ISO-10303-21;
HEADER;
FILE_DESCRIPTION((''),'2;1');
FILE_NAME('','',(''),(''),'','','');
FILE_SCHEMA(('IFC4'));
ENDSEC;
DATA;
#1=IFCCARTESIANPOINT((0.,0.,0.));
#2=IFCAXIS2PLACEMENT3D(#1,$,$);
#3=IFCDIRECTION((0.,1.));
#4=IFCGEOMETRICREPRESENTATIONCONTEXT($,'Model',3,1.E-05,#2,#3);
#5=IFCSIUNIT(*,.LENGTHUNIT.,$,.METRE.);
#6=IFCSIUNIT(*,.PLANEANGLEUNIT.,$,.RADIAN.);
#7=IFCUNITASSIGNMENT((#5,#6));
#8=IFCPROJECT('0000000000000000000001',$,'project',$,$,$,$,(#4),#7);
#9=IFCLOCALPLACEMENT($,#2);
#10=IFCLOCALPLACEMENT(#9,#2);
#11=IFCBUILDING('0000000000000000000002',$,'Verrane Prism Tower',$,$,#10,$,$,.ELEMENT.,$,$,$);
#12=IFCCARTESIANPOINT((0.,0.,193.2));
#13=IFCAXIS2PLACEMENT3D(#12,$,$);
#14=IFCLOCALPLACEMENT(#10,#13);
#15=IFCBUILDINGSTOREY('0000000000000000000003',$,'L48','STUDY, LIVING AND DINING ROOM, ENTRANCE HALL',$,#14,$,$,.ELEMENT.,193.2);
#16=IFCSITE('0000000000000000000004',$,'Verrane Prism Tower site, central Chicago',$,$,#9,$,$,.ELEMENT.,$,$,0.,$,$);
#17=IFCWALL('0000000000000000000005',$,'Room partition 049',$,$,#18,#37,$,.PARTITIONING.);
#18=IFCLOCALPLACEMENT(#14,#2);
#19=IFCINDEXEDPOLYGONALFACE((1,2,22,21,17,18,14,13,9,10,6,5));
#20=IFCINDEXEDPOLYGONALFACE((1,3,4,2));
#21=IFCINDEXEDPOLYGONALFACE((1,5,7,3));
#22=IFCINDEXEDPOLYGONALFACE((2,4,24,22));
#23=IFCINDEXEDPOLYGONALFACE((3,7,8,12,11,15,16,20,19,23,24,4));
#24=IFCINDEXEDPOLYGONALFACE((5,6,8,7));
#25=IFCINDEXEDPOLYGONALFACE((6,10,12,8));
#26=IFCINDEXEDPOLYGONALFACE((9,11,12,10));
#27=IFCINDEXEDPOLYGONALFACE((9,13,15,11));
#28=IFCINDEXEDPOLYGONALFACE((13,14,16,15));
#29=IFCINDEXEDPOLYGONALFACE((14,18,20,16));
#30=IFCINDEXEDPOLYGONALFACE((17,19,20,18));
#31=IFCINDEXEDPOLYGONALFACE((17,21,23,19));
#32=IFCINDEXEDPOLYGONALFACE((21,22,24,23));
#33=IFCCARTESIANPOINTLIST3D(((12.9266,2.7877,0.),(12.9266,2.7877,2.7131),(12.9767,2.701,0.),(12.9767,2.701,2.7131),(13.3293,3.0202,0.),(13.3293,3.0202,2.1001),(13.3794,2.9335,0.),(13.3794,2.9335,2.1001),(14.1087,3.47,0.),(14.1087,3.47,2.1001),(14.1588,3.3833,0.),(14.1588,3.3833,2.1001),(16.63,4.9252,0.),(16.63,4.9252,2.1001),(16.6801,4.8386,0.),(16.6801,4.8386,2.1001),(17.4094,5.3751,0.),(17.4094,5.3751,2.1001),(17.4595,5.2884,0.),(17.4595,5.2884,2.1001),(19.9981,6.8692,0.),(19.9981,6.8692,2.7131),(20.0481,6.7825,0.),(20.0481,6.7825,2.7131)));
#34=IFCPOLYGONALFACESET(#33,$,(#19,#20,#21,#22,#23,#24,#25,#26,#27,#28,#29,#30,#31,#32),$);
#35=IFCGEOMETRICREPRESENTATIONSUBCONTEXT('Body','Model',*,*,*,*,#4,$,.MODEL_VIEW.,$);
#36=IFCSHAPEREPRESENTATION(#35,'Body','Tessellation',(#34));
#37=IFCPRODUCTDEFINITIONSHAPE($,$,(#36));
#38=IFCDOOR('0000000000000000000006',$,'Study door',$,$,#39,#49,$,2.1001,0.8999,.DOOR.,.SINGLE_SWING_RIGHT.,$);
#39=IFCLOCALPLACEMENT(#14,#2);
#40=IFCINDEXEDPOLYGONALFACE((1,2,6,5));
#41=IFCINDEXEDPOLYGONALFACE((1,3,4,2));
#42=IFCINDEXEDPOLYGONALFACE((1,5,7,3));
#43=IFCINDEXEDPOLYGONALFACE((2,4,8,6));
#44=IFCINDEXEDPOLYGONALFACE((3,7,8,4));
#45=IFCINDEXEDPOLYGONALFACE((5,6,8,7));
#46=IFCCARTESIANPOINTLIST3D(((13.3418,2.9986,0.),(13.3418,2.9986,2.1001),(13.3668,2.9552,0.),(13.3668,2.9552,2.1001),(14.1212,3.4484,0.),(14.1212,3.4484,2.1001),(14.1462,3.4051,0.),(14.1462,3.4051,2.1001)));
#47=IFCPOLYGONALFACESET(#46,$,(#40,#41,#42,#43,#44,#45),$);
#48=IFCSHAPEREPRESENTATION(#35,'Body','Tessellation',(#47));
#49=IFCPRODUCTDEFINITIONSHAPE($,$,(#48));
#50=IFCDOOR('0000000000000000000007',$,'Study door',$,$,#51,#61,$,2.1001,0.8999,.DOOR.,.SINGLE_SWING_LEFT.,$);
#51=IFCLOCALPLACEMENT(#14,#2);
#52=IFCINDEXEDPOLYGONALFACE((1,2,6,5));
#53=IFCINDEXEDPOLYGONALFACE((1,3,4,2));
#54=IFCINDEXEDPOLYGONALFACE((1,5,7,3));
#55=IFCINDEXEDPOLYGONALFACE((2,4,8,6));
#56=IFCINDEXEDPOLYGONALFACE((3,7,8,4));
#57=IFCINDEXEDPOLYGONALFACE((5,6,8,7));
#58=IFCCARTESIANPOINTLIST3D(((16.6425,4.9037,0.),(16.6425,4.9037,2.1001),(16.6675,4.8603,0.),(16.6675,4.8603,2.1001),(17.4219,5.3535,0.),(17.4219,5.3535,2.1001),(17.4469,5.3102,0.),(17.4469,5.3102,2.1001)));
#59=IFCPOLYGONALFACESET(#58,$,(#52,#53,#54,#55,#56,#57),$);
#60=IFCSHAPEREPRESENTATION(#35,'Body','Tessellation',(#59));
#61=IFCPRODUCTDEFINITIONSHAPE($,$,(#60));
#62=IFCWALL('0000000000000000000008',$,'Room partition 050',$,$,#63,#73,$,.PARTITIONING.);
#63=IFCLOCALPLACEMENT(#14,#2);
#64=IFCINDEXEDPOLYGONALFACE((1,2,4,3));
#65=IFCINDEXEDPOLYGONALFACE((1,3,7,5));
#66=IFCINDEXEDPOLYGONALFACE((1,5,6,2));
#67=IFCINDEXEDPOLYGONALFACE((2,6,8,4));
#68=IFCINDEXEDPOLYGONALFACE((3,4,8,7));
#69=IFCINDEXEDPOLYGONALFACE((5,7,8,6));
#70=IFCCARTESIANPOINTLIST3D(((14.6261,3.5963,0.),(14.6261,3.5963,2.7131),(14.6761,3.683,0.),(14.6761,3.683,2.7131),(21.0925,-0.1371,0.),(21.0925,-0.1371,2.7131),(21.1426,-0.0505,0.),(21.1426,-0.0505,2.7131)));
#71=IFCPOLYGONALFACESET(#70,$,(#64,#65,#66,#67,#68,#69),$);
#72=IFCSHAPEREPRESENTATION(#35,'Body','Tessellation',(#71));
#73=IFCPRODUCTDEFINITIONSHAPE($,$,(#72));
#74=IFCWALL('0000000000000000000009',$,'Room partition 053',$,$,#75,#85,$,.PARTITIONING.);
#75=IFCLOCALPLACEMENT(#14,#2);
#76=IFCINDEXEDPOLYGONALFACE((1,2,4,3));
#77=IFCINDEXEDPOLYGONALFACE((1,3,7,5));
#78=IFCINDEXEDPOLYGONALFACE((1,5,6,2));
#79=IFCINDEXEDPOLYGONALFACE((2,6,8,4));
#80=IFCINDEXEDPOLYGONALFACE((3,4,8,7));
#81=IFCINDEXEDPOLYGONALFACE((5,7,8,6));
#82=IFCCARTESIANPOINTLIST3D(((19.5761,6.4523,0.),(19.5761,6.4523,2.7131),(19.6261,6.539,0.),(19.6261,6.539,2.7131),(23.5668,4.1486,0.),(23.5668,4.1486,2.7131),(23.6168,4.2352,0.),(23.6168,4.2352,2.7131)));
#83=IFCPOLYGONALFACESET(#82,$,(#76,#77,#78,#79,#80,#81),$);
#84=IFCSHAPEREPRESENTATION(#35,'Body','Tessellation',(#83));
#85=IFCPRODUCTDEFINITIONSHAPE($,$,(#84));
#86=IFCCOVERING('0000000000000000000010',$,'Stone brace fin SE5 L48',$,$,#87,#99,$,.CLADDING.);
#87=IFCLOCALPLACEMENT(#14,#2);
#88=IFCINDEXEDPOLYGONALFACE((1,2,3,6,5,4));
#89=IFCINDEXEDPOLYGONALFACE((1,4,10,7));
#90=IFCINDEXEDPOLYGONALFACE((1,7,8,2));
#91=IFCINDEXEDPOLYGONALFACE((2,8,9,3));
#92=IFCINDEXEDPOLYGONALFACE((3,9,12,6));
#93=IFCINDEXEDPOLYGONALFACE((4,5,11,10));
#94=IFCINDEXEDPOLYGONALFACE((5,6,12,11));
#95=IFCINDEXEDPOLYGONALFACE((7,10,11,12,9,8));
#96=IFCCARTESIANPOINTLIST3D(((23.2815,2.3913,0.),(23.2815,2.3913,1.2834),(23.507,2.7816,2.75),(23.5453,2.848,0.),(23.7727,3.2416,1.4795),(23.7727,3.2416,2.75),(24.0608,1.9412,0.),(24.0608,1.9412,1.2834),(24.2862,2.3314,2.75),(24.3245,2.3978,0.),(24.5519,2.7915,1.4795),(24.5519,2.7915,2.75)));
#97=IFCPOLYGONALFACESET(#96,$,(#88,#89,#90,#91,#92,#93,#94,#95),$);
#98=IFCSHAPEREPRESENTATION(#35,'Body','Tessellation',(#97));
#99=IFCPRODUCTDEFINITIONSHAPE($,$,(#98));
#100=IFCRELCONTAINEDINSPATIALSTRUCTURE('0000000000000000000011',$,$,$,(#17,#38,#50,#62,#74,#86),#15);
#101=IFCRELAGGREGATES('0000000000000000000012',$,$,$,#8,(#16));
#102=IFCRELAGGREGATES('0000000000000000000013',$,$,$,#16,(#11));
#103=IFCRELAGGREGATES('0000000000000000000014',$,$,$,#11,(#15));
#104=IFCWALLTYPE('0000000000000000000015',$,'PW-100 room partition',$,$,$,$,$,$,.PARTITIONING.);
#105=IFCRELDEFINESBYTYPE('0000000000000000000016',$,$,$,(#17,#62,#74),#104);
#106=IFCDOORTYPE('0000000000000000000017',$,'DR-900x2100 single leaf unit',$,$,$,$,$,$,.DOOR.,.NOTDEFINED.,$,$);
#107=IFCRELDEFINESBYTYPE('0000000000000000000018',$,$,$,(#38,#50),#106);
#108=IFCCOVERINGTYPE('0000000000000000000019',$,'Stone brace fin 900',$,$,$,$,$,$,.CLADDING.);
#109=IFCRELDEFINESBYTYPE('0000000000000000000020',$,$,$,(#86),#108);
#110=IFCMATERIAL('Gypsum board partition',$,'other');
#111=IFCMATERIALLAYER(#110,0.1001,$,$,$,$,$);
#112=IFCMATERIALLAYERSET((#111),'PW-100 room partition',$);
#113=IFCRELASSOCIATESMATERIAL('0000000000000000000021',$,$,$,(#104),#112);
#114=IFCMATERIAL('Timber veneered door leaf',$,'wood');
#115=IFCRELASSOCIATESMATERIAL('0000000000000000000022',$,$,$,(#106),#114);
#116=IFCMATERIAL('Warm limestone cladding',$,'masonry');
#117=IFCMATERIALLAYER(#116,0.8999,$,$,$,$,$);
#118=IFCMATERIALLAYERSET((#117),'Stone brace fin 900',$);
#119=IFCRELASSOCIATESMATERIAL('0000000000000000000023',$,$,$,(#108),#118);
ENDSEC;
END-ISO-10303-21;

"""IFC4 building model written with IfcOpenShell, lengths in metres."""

from ifc_helpers import new_model, si_unit, direction, frame, frame_2d, origin, place, context, subcontext, project, spatial, polyline, rectangle, outline, extrude, material, layer, layer_set, type_object, element, fill, save


model = new_model("IFC4")

# Units and contexts
model_context = context("Model", 3, precision=1e-05, world=origin(), true_north=direction((0.0, 1.0)))
body_context = subcontext(model_context, "Body", "Model", "MODEL_VIEW")
ifc_project = project(units=[si_unit("LENGTHUNIT", "METRE"), si_unit("PLANEANGLEUNIT", "RADIAN")], contexts=[model_context])

# Site, building, storey
site_placement = place(None, origin())
site = spatial("IfcSite", under=ifc_project, at=site_placement, Name="Verrane Prism Tower site, central Chicago", CompositionType="ELEMENT", RefElevation=0.0)
building_placement = place(site_placement, origin())
building = spatial("IfcBuilding", under=site, at=building_placement, Name="Verrane Prism Tower", CompositionType="ELEMENT")
storey_placement = place(building_placement, frame((0.0, 0.0, 193.2)))
storey = spatial("IfcBuildingStorey", under=building, at=storey_placement, Name="L48", Description="STUDY, LIVING AND DINING ROOM, ENTRANCE HALL", CompositionType="ELEMENT", Elevation=193.2)

# Wall, openings, doors
ifc_material_1 = material(Name="Gypsum board partition", Category="other")
ifc_layer_1 = layer(ifc_material_1, 0.1001)
ifc_layer_set_1 = layer_set([ifc_layer_1], Name="PW-100 room partition")
wall_type_1 = type_object("IfcWallType", Name="PW-100 room partition", PredefinedType="PARTITIONING", material=ifc_layer_set_1)
wall_1_placement = place(storey_placement, frame((20.0232, 6.8259, 0.0), z_axis=(0.0, 0.0, 1.0), x_axis=(-0.866089, -0.499889, 0.0)))
wall_1 = element("IfcWall", 1, at=wall_1_placement, inside=storey, type_object=wall_type_1, Name="Room partition 049", PredefinedType="PARTITIONING", context=body_context, shape_type="SweptSolid", body=[
    extrude(rectangle(XDim=8.1648, YDim=0.1001, at=frame_2d((4.0825, 0.0))), origin(), (0.0, 0.0, 1.0), 2.7131),
])
opening_1_placement = place(wall_1_placement, frame((6.8, 0.0, 0.0)))
opening_1 = element("IfcOpeningElement", 2, at=opening_1_placement, cuts=wall_1, PredefinedType="OPENING", context=body_context, shape_type="SweptSolid", body=[
    extrude(rectangle(XDim=0.8999, YDim=2.1001, at=frame_2d((0.45, 1.05))), frame((0.0, 0.0601, 0.0), z_axis=(0.0, -1.0, 0.0), x_axis=(1.0, 0.0, 0.0)), (0.0, 0.0, 1.0), 0.1201),
])
opening_2_placement = place(wall_1_placement, frame((2.989, 0.0, 0.0)))
opening_2 = element("IfcOpeningElement", 3, at=opening_2_placement, cuts=wall_1, PredefinedType="OPENING", context=body_context, shape_type="SweptSolid", body=[
    extrude(rectangle(XDim=0.8999, YDim=2.1001, at=frame_2d((0.45, 1.05))), frame((0.0, 0.0601, 0.0), z_axis=(0.0, -1.0, 0.0), x_axis=(1.0, 0.0, 0.0)), (0.0, 0.0, 1.0), 0.1201),
])
ifc_material_2 = material(Name="Timber veneered door leaf", Category="wood")
door_type_1 = type_object("IfcDoorType", Name="DR-900x2100 single leaf unit", OperationType="NOTDEFINED", PredefinedType="DOOR", material=ifc_material_2)
door_1_placement = place(opening_1_placement, origin())
door_1 = element("IfcDoor", 4, at=door_1_placement, inside=storey, type_object=door_type_1, Name="Study door", OperationType="SINGLE_SWING_RIGHT", OverallHeight=2.1001, OverallWidth=0.8999, PredefinedType="DOOR", context=body_context, shape_type="SweptSolid", body=[
    extrude(rectangle(XDim=0.8999, YDim=2.1001, at=frame_2d((0.45, 1.05))), frame((0.0, 0.0249, 0.0), z_axis=(0.0, -1.0, 0.0), x_axis=(1.0, 0.0, 0.0)), (0.0, 0.0, 1.0), 0.05),
])
fill(opening_1, door_1)
door_2_placement = place(opening_2_placement, origin())
door_2 = element("IfcDoor", 5, at=door_2_placement, inside=storey, type_object=door_type_1, Name="Study door", OperationType="SINGLE_SWING_LEFT", OverallHeight=2.1001, OverallWidth=0.8999, PredefinedType="DOOR", context=body_context, shape_type="SweptSolid", body=[
    extrude(rectangle(XDim=0.8999, YDim=2.1001, at=frame_2d((0.45, 1.05))), frame((0.0, 0.0249, 0.0), z_axis=(0.0, -1.0, 0.0), x_axis=(1.0, 0.0, 0.0)), (0.0, 0.0, 1.0), 0.05),
])
fill(opening_2, door_2)

# Walls
wall_2_placement = place(storey_placement, frame((14.6511, 3.6396, 0.0), z_axis=(0.0, 0.0, 1.0), x_axis=(0.866021, -0.500007, 0.0)))
element("IfcWall", 6, at=wall_2_placement, inside=storey, type_object=wall_type_1, Name="Room partition 050", PredefinedType="PARTITIONING", context=body_context, shape_type="SweptSolid", body=[
    extrude(rectangle(XDim=7.4668, YDim=0.1001, at=frame_2d((3.7334, 0.0))), origin(), (0.0, 0.0, 1.0), 2.7131),
])
wall_3_placement = place(storey_placement, frame((19.6011, 6.4956, 0.0), z_axis=(0.0, 0.0, 1.0), x_axis=(0.866057, -0.499946, 0.0)))
element("IfcWall", 7, at=wall_3_placement, inside=storey, type_object=wall_type_1, Name="Room partition 053", PredefinedType="PARTITIONING", context=body_context, shape_type="SweptSolid", body=[
    extrude(rectangle(XDim=4.6079, YDim=0.1001, at=frame_2d((2.304, 0.0))), origin(), (0.0, 0.0, 1.0), 2.7131),
])

# Covering
ifc_material_3 = material(Name="Warm limestone cladding", Category="masonry")
ifc_layer_2 = layer(ifc_material_3, 0.8999)
ifc_layer_set_2 = layer_set([ifc_layer_2], Name="Stone brace fin 900")
covering_type = type_object("IfcCoveringType", Name="Stone brace fin 900", PredefinedType="CLADDING", material=ifc_layer_set_2)
covering_placement = place(storey_placement, frame((23.6711, 2.1663, 0.0), z_axis=(0.0, 0.0, 1.0), x_axis=(0.500203, 0.865908, 0.0)))
element("IfcCovering", 8, at=covering_placement, inside=storey, type_object=covering_type, Name="Stone brace fin SE5 L48", PredefinedType="CLADDING", context=body_context, shape_type="SweptSolid", body=[
    extrude(outline(polyline([(0.9819, 2.75), (0.4507, 2.75), (0.0, 1.2834), (0.0, 0.0), (0.5273, 0.0), (0.9819, 1.4795), (0.9819, 2.75)])), frame((0.0, 0.45, 0.0), z_axis=(0.0, -1.0, 0.0), x_axis=(1.0, 0.0, 0.0)), (0.0, 0.0, 1.0), 0.8999),
])

save(model, "model.ifc")
